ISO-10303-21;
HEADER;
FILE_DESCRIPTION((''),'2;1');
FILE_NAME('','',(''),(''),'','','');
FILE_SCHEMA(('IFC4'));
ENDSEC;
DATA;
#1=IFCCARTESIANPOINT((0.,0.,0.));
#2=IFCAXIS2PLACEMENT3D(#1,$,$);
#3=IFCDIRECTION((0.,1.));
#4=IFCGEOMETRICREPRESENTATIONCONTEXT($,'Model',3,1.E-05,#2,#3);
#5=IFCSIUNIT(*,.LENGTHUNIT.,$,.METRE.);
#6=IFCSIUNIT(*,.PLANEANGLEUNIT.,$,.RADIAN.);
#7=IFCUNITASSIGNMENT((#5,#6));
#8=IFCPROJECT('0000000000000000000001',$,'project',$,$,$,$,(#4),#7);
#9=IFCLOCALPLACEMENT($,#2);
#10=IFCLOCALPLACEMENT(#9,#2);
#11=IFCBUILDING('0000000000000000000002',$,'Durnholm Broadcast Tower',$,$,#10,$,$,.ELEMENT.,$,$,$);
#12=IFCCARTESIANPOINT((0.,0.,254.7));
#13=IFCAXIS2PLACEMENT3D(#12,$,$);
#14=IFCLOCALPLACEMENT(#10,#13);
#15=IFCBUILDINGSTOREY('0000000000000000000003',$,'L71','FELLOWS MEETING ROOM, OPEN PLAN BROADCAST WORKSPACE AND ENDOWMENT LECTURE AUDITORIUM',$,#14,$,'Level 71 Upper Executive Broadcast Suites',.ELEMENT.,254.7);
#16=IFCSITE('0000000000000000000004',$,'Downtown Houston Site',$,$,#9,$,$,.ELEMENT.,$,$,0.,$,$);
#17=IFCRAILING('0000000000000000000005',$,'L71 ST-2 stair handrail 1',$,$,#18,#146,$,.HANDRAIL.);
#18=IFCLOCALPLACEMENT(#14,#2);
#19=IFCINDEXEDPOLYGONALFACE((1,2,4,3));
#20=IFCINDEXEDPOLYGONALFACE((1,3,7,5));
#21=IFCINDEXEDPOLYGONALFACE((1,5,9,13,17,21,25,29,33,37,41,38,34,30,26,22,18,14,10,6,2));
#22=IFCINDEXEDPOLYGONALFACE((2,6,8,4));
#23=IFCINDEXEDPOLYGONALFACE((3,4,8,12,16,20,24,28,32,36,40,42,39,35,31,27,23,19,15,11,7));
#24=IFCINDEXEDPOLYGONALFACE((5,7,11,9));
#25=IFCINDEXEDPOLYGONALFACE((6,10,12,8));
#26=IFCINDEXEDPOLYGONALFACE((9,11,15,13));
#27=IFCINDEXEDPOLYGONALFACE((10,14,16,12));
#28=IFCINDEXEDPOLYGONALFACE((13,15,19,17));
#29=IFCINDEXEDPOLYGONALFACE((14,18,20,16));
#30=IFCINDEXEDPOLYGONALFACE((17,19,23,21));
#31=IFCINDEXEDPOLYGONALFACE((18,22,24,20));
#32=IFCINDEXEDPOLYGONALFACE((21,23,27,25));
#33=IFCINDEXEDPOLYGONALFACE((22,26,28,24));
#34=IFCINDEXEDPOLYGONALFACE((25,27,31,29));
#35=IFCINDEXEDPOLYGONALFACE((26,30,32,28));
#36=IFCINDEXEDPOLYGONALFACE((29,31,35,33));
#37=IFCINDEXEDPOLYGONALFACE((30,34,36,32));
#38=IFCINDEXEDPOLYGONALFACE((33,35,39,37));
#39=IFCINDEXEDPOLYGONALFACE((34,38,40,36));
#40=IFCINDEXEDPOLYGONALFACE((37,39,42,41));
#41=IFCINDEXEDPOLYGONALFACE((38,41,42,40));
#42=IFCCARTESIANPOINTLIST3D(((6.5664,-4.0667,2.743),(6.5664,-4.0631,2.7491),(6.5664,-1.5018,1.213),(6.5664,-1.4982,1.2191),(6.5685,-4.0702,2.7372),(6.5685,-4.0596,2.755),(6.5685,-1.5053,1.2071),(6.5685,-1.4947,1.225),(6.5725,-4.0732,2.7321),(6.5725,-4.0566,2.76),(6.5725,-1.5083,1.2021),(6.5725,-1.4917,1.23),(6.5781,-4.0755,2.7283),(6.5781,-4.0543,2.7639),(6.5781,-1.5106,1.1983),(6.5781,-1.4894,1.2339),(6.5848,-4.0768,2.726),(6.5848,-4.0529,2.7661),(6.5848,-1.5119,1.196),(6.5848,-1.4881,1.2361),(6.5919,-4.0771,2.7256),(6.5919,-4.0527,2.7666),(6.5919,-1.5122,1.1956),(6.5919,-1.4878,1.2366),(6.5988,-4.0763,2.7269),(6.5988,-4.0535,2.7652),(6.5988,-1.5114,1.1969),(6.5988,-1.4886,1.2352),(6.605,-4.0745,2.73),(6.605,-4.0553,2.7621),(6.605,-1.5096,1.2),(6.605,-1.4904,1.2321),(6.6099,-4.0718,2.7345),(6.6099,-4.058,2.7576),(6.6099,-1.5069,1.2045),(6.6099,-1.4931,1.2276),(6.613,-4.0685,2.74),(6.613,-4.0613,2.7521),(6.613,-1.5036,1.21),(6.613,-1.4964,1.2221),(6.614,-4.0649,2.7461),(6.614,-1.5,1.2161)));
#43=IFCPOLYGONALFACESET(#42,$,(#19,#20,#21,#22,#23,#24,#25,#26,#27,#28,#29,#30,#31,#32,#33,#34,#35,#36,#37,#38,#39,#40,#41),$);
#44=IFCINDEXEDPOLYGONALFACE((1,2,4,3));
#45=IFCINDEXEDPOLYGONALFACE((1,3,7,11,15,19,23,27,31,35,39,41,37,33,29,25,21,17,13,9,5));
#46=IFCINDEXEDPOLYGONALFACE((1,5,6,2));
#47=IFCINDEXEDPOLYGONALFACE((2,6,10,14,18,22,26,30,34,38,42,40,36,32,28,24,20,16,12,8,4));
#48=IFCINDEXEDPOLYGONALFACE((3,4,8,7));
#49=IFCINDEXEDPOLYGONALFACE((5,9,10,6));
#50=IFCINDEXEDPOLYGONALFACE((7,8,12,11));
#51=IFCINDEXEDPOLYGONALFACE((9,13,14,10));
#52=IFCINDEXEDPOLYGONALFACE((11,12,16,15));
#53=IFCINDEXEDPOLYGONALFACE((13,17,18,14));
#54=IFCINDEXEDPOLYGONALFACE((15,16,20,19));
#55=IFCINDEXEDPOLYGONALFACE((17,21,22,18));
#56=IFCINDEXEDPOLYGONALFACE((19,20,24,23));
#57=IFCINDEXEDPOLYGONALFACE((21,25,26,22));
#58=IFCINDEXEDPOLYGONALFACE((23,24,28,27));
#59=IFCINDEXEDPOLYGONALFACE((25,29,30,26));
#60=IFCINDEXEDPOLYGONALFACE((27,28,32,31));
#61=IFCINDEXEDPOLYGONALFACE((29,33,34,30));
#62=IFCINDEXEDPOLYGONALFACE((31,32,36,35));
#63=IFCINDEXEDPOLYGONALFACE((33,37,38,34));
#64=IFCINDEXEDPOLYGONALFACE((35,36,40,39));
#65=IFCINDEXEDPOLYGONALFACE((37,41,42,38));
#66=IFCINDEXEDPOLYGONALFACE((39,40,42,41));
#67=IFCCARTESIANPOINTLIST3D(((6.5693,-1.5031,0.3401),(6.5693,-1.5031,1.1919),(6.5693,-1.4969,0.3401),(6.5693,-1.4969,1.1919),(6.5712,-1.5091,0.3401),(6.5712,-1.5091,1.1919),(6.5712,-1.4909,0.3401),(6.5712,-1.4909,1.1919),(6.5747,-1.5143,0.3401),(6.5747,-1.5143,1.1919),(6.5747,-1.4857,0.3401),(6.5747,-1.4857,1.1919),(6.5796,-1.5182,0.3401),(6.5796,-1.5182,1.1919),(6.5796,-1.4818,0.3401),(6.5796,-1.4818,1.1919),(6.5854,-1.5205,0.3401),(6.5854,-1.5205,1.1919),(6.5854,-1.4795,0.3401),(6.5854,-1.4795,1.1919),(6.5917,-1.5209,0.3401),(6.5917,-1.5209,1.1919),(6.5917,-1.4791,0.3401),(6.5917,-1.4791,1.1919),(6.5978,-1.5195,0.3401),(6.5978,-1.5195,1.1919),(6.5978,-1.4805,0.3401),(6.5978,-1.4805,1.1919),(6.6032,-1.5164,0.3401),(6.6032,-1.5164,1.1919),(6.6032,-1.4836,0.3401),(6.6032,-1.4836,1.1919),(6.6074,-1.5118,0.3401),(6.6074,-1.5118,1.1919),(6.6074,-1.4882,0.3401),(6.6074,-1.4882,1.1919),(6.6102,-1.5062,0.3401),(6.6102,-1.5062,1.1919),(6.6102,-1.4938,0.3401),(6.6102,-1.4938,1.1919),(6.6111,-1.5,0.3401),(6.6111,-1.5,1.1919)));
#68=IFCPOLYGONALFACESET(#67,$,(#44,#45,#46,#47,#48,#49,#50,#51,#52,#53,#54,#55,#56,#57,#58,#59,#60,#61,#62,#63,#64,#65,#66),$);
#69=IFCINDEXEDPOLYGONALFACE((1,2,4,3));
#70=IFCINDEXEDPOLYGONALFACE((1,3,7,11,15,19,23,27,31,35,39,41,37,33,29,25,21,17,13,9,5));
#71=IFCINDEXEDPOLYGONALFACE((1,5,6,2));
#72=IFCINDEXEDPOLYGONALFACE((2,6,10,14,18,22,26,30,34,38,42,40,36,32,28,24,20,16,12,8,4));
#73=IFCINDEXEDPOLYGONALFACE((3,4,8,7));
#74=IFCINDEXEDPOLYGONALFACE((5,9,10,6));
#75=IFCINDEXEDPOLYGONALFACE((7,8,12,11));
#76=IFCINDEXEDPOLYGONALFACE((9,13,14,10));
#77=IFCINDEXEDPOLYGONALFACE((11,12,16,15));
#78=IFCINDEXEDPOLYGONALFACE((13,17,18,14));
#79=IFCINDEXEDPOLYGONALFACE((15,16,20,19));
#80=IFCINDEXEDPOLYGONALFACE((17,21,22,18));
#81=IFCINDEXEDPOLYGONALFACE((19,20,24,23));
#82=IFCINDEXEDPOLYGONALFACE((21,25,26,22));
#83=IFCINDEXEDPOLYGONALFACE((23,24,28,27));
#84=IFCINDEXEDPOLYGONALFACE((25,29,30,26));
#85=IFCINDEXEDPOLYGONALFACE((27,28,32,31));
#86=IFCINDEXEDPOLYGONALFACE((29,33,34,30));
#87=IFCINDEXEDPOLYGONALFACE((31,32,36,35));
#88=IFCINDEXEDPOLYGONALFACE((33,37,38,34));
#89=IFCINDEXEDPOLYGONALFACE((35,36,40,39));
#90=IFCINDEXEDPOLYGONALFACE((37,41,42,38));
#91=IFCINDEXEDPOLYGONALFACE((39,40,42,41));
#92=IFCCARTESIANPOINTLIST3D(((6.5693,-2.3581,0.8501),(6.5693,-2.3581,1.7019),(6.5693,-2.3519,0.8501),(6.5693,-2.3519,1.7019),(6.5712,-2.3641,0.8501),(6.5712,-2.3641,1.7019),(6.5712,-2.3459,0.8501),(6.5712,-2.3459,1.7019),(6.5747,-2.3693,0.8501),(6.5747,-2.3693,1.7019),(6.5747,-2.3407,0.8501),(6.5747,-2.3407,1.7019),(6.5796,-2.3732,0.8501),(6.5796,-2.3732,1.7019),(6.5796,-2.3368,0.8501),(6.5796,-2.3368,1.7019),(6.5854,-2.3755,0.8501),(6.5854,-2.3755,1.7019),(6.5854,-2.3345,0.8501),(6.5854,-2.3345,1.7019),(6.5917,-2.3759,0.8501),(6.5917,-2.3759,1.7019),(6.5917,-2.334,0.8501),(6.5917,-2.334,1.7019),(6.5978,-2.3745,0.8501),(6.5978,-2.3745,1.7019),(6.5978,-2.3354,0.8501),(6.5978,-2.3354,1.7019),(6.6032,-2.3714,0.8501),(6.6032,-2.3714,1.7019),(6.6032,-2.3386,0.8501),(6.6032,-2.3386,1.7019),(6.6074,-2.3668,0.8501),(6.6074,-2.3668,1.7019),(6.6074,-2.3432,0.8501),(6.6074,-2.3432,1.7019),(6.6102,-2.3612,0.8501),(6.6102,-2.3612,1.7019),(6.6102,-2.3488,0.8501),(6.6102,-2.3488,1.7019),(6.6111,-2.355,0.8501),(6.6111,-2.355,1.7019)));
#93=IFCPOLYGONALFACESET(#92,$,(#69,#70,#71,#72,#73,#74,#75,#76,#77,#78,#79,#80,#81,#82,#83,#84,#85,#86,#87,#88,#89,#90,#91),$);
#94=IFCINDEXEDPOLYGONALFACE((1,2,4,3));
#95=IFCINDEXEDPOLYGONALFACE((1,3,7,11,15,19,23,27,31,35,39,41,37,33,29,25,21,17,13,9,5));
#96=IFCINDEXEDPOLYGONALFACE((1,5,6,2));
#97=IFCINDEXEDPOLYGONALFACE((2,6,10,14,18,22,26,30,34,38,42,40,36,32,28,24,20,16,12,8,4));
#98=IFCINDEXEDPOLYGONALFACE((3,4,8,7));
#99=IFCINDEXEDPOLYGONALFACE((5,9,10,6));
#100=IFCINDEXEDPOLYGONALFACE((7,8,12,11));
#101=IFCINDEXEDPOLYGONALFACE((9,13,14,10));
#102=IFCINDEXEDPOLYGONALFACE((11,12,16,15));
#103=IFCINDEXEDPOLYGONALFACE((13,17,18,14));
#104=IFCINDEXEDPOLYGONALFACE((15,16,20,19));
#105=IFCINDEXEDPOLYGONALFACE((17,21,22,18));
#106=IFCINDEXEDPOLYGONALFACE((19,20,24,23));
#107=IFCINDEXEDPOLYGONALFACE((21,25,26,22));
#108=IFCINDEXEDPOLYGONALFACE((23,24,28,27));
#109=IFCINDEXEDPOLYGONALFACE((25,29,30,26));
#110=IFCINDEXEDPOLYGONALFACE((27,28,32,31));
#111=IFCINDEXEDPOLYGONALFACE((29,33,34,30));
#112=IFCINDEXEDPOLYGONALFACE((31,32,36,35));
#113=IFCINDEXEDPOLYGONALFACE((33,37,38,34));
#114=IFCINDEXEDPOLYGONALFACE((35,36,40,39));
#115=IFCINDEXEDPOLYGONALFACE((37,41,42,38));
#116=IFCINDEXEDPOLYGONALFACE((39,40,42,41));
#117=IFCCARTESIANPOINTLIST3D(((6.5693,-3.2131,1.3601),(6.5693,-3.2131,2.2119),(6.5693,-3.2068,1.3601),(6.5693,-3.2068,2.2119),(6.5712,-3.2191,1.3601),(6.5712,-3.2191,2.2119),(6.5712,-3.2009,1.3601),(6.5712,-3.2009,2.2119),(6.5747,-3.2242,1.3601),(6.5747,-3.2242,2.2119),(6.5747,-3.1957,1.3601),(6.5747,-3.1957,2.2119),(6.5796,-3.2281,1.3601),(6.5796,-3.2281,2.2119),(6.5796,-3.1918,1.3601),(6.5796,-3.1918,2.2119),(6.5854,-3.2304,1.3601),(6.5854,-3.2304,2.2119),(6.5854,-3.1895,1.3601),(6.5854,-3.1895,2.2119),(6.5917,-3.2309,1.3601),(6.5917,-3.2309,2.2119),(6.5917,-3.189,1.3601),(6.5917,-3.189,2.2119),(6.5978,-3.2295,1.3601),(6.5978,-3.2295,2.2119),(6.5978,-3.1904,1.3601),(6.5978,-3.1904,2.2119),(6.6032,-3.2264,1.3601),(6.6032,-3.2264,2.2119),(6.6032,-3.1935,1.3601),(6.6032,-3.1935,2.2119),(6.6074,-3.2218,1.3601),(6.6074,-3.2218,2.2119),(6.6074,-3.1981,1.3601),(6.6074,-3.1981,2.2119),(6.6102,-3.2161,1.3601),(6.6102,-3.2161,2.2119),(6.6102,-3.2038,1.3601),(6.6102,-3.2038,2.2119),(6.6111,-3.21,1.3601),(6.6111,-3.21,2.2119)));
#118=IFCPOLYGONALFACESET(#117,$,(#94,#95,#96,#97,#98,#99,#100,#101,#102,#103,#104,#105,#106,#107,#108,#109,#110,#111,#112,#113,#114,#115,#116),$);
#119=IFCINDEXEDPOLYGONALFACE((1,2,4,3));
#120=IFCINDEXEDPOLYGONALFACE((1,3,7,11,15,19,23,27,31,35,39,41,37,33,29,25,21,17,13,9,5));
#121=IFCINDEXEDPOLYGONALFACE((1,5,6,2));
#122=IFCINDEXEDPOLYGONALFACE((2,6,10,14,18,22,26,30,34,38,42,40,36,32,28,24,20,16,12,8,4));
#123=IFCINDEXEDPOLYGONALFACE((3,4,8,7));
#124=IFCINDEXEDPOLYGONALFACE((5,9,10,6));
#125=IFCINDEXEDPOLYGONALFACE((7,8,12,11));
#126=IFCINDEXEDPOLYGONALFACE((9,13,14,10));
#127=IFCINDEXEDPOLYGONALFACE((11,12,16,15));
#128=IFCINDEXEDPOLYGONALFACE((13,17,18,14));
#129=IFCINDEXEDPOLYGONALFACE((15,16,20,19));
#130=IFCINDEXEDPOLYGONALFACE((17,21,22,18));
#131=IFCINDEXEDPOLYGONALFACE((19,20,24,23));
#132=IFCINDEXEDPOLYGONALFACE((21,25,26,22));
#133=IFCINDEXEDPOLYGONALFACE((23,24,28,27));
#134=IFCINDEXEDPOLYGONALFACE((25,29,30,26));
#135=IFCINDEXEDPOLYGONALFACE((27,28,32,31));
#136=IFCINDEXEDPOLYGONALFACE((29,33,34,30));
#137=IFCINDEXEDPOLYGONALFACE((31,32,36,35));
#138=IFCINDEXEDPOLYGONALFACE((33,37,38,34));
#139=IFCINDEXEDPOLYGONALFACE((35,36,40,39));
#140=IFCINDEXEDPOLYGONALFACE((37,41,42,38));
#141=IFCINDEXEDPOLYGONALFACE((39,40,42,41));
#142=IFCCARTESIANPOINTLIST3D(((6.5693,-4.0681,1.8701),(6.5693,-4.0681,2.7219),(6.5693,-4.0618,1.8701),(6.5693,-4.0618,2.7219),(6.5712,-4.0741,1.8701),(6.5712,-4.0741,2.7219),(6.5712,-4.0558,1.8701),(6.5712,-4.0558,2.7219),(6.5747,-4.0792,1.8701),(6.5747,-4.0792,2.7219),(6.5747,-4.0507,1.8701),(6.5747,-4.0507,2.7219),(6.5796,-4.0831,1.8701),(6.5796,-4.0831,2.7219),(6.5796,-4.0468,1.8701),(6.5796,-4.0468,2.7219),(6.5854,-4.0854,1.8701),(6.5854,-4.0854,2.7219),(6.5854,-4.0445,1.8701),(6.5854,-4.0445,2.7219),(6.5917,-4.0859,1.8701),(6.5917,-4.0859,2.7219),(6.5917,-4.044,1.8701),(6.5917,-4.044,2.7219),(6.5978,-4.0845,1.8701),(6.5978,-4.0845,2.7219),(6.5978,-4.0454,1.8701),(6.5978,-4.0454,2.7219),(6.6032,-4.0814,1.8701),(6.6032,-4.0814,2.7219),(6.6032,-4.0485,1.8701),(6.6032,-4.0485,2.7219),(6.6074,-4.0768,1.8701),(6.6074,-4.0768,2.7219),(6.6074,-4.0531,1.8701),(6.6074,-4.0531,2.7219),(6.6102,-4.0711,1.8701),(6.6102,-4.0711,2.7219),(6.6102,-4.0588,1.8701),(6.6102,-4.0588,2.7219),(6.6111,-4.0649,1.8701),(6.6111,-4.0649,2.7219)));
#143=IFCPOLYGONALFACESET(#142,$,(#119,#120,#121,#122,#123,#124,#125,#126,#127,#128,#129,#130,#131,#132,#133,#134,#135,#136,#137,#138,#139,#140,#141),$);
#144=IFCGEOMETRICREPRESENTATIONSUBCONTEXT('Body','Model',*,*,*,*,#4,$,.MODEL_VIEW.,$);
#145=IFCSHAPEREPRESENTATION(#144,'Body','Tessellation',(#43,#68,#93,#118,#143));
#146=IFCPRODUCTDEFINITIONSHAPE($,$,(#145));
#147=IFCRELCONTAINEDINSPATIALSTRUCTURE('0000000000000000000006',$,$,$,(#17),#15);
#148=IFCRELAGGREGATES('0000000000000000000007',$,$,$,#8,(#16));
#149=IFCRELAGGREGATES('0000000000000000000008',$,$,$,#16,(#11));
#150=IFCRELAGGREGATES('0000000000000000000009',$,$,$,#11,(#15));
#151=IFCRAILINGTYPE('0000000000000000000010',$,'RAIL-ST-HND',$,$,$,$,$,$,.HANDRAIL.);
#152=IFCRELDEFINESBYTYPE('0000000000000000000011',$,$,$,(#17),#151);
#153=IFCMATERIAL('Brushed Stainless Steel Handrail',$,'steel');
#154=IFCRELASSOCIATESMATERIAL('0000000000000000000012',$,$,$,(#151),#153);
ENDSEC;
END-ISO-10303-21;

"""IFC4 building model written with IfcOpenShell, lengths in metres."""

from ifc_helpers import new_model, si_unit, direction, frame, origin, origin_2d, place, context, subcontext, project, spatial, circle, extrude, material, type_object, element, save


model = new_model("IFC4")

# Units and contexts
model_context = context("Model", 3, precision=1e-05, world=origin(), true_north=direction((0.0, 1.0)))
body_context = subcontext(model_context, "Body", "Model", "MODEL_VIEW")
ifc_project = project(units=[si_unit("LENGTHUNIT", "METRE"), si_unit("PLANEANGLEUNIT", "RADIAN")], contexts=[model_context])

# Site, building, storey
site_placement = place(None, origin())
site = spatial("IfcSite", under=ifc_project, at=site_placement, Name="Downtown Houston Site", CompositionType="ELEMENT", RefElevation=0.0)
building_placement = place(site_placement, origin())
building = spatial("IfcBuilding", under=site, at=building_placement, Name="Durnholm Broadcast Tower", CompositionType="ELEMENT")
storey_placement = place(building_placement, frame((0.0, 0.0, 254.7)))
storey = spatial("IfcBuildingStorey", under=building, at=storey_placement, Name="L71", Description="FELLOWS MEETING ROOM, OPEN PLAN BROADCAST WORKSPACE AND ENDOWMENT LECTURE AUDITORIUM", LongName="Level 71 Upper Executive Broadcast Suites", CompositionType="ELEMENT", Elevation=254.7)

# Railing
ifc_material_1 = material(Name="Brushed Stainless Steel Handrail", Category="steel")
railing_type_1 = type_object("IfcRailingType", Name="RAIL-ST-HND", PredefinedType="HANDRAIL", material=ifc_material_1)
railing_1_placement = place(storey_placement, frame((6.5901, -1.5, 0.3401)))
element("IfcRailing", 1, at=railing_1_placement, inside=storey, type_object=railing_type_1, Name="L71 ST-2 stair handrail 1", PredefinedType="HANDRAIL", context=body_context, shape_type="SweptSolid", body=[
    extrude(circle(Radius=0.0239, at=origin_2d()), frame((0.0, 0.0, 0.876), z_axis=(0.0, -0.85881, 0.512294), x_axis=(1.0, 0.0, 0.0)), (0.0, 0.0, 1.0), 2.9866),
    extrude(circle(Radius=0.021, at=origin_2d()), origin(), (0.0, 0.0, 1.0), 0.8518),
    extrude(circle(Radius=0.021, at=origin_2d()), frame((0.0, -0.855, 0.51)), (0.0, 0.0, 1.0), 0.8518),
    extrude(circle(Radius=0.021, at=origin_2d()), frame((0.0, -1.71, 1.02)), (0.0, 0.0, 1.0), 0.8518),
    extrude(circle(Radius=0.021, at=origin_2d()), frame((0.0, -2.5649, 1.53)), (0.0, 0.0, 1.0), 0.8518),
])

save(model, "model.ifc")
